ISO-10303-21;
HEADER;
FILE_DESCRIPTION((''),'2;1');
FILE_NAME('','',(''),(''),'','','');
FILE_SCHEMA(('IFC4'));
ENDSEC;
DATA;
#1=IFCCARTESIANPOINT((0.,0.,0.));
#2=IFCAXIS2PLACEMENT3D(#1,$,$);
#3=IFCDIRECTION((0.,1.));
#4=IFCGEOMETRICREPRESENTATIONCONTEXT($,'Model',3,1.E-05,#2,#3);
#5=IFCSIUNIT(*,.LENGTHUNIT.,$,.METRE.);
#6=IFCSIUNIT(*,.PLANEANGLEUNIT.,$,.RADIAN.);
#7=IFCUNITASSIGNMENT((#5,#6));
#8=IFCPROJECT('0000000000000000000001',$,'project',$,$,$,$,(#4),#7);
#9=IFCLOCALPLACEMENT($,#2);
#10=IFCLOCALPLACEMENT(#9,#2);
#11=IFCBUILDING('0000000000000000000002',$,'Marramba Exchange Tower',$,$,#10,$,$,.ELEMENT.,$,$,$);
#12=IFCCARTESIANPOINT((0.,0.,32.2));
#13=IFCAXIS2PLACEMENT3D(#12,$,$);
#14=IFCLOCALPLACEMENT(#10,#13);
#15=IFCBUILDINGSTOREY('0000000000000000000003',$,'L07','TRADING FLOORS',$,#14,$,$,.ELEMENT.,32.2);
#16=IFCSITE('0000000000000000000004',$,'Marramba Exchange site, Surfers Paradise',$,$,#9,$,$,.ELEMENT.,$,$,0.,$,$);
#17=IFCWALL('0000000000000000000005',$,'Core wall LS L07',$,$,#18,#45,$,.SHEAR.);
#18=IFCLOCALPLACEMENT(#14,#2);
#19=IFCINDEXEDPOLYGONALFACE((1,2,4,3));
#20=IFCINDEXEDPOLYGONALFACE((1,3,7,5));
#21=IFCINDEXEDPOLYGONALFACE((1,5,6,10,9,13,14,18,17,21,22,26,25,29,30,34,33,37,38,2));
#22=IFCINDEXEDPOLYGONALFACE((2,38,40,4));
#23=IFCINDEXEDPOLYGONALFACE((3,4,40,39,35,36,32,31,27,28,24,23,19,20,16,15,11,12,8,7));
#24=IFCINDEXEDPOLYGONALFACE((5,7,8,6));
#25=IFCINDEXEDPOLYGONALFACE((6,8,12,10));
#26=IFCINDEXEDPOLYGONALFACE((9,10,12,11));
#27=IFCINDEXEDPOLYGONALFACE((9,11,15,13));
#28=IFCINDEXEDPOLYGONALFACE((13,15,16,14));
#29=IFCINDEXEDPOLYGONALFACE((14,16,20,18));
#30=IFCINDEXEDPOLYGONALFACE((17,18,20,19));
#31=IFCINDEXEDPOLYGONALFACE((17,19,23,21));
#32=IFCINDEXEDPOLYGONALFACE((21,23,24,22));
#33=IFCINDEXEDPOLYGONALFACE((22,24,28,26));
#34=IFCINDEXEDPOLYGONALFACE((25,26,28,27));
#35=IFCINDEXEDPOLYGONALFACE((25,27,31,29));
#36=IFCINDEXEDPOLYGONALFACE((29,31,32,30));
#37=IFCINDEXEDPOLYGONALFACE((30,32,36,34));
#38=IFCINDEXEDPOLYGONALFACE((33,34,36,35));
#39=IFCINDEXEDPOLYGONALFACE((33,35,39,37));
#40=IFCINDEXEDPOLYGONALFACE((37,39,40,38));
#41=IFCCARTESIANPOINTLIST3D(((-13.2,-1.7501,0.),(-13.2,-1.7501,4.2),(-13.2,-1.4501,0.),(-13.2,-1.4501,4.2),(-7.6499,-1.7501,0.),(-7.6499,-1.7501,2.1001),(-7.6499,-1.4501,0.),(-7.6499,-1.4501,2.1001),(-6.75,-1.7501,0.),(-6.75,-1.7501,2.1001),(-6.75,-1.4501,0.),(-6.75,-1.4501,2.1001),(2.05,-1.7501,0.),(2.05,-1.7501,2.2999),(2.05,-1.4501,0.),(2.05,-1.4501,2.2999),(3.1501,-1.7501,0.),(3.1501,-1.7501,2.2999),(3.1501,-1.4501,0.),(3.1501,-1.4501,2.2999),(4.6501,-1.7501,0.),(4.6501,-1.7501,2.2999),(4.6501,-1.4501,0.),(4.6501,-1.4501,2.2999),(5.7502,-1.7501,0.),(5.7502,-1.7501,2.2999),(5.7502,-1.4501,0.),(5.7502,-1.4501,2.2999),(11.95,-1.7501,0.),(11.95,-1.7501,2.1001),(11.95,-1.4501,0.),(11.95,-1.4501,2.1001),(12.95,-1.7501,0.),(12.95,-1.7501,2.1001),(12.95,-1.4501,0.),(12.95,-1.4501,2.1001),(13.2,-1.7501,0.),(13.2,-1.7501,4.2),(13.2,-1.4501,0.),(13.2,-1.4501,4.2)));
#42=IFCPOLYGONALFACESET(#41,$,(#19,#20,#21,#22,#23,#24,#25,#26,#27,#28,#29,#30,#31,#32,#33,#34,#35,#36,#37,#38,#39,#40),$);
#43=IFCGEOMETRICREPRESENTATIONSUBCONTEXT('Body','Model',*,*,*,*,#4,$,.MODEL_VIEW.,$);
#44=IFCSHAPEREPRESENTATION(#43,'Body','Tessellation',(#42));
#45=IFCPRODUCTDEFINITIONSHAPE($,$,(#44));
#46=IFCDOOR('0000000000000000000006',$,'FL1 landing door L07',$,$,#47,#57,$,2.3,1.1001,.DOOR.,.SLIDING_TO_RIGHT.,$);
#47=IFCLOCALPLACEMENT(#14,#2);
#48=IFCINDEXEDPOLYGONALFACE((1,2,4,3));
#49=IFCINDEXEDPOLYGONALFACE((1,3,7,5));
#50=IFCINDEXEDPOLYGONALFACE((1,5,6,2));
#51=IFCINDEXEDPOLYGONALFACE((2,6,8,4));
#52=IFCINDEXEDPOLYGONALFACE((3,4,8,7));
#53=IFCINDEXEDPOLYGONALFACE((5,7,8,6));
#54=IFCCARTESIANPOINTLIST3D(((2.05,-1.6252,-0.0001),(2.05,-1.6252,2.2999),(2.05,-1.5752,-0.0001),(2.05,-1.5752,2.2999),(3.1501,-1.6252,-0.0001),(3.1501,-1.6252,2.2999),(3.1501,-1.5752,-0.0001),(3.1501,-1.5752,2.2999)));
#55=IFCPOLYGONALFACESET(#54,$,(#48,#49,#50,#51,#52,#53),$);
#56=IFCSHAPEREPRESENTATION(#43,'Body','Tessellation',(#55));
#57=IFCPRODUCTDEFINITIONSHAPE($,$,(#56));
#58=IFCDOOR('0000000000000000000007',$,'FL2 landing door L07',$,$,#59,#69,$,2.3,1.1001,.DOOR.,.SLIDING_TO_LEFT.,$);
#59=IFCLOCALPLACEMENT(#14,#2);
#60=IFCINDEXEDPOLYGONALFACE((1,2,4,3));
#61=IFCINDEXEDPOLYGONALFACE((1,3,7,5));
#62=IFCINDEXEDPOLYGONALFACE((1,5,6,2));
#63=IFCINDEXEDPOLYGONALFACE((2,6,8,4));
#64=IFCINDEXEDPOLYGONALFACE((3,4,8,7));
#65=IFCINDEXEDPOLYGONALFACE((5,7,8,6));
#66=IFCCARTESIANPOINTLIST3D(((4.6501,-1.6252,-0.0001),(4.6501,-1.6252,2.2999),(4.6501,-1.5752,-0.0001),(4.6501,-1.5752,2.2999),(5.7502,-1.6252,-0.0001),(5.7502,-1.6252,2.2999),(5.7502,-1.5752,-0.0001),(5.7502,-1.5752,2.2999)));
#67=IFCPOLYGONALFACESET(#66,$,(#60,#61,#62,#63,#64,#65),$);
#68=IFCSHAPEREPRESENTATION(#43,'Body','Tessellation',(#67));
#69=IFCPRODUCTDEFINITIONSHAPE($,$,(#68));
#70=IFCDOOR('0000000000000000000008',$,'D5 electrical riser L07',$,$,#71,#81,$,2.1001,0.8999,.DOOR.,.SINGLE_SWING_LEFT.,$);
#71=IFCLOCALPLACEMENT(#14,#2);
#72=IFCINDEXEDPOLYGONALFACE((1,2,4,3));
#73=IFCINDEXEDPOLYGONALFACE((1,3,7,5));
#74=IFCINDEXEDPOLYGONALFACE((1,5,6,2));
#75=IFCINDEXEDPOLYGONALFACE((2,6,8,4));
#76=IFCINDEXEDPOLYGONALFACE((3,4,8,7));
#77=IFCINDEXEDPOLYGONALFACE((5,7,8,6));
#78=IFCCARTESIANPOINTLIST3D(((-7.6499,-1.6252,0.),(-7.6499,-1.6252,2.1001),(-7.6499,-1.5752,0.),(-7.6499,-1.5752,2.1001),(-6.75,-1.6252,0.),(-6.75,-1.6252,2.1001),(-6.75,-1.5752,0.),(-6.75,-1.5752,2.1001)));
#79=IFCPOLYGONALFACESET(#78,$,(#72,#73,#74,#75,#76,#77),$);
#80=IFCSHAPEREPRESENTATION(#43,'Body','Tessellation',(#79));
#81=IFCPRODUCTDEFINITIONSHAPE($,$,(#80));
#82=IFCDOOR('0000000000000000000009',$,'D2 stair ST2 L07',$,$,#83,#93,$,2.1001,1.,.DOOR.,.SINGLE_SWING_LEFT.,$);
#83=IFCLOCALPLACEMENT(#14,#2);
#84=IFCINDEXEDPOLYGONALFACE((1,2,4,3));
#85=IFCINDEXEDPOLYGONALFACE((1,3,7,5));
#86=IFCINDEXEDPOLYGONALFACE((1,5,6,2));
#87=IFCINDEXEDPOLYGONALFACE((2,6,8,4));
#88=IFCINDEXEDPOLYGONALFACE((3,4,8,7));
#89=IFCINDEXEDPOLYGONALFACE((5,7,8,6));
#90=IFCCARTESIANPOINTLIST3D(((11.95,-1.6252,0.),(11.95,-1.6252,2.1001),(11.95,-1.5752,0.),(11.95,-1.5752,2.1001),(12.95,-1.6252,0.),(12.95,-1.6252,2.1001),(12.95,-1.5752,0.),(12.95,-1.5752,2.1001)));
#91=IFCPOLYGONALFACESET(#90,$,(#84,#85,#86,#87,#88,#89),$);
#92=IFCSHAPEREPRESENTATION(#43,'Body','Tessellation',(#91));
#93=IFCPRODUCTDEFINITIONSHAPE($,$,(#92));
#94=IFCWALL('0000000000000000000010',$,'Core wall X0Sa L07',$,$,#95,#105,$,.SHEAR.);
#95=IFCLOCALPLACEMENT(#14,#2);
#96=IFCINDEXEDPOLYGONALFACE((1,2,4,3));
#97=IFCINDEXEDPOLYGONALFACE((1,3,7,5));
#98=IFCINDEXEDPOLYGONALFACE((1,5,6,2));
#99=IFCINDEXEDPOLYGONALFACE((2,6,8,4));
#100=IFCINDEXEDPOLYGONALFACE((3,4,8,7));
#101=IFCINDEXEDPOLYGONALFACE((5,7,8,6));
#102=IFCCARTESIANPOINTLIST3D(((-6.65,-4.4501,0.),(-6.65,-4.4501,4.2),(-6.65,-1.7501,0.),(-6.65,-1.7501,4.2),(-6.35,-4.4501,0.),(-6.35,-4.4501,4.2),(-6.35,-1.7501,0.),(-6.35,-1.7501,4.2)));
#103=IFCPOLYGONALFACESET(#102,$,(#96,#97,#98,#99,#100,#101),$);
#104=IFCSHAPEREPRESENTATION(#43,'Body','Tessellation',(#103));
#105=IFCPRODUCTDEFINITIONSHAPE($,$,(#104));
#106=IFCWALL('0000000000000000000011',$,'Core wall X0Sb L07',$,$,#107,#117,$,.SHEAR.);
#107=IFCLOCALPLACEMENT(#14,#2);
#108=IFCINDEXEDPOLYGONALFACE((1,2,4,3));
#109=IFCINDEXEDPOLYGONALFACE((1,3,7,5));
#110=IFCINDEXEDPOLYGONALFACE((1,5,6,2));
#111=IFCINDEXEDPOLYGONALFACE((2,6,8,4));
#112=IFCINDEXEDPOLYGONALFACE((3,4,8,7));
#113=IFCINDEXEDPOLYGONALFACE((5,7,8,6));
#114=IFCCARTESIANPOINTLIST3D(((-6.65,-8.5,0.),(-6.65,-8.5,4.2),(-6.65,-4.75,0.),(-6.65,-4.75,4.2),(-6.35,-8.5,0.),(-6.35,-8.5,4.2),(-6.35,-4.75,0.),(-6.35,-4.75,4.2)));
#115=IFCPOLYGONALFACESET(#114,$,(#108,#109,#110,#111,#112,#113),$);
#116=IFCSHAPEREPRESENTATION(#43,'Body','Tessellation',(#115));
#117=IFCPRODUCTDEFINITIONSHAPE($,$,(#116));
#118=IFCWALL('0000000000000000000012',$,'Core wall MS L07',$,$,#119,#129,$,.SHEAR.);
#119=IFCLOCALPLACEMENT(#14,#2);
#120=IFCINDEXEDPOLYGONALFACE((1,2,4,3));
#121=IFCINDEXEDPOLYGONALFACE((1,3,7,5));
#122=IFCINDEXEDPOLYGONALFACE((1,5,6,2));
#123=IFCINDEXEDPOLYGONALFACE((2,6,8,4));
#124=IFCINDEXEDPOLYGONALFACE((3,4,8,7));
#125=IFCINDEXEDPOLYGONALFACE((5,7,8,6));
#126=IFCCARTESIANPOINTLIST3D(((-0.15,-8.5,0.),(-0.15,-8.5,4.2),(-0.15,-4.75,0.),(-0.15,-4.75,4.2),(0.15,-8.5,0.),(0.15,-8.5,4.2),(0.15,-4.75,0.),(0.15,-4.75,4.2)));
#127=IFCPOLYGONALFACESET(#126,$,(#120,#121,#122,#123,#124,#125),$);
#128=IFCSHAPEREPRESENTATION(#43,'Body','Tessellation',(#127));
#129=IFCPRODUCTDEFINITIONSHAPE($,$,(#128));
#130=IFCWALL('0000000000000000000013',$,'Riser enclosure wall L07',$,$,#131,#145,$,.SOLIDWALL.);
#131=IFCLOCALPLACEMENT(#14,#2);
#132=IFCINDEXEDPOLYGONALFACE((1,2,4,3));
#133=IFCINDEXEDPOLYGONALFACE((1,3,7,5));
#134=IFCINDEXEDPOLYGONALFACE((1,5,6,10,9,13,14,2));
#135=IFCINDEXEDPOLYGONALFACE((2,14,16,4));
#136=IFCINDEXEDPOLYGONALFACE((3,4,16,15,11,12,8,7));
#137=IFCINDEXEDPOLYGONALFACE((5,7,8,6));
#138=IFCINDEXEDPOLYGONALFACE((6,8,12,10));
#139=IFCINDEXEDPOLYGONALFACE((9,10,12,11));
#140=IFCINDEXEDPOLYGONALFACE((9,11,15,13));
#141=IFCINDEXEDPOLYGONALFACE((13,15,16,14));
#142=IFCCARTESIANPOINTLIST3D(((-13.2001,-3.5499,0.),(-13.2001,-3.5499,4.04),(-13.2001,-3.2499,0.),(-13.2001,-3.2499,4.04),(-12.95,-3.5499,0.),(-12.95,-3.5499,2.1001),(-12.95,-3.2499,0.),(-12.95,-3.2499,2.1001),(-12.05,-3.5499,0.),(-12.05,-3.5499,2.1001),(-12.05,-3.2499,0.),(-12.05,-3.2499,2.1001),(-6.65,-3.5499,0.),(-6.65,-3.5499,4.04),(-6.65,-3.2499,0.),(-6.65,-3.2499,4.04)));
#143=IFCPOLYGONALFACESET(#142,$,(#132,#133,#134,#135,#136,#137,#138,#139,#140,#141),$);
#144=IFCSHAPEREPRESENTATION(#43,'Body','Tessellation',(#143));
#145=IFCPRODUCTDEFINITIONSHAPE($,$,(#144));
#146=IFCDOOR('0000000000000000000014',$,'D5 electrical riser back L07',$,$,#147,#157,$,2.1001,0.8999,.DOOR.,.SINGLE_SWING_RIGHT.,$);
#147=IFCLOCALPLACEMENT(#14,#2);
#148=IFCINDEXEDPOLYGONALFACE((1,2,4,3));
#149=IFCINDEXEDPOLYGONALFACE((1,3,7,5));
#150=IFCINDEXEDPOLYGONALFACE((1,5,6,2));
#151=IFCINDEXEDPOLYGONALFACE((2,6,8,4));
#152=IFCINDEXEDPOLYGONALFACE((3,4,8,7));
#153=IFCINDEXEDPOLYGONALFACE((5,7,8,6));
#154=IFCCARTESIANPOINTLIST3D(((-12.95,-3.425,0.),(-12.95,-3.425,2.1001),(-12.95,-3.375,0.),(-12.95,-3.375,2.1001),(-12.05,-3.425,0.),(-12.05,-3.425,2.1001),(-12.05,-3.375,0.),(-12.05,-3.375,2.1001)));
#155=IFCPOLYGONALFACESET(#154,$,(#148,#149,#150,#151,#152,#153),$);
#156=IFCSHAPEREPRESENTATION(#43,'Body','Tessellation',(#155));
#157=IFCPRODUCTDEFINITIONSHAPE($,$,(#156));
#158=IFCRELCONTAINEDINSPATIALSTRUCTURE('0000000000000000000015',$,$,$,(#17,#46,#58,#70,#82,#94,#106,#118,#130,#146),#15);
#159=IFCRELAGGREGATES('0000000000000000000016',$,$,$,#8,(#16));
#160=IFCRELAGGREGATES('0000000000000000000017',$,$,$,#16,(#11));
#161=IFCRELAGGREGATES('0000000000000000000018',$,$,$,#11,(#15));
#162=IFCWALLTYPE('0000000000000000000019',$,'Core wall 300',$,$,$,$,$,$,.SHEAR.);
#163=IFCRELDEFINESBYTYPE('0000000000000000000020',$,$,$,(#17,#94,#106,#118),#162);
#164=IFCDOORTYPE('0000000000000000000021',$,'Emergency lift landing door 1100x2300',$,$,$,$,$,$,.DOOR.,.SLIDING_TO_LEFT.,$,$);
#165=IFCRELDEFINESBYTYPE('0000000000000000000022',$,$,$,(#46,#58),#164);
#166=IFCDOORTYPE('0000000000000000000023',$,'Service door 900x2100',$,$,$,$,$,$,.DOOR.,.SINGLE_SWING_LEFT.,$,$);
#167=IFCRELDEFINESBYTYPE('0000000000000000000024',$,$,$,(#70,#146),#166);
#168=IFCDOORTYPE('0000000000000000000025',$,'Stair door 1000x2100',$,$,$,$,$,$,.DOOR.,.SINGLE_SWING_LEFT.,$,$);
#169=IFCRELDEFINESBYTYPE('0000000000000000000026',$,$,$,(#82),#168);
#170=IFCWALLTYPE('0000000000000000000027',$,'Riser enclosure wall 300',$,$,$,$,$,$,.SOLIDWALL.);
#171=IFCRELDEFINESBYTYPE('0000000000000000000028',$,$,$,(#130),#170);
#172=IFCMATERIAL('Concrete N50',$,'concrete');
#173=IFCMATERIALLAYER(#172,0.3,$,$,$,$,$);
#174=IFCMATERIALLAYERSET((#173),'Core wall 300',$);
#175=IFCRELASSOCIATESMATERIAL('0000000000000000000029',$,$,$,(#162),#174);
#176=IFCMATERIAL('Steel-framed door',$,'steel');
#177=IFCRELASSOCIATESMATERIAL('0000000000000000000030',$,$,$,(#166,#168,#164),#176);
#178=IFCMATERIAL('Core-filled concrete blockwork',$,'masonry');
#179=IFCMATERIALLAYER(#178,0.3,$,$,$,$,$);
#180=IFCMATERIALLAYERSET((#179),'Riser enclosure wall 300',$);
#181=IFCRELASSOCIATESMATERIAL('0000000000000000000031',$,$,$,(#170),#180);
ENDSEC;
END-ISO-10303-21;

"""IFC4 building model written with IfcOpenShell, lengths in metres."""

from ifc_helpers import new_model, si_unit, direction, frame, frame_2d, origin, place, context, subcontext, project, spatial, rectangle, extrude, material, layer, layer_set, type_object, element, fill, save


model = new_model("IFC4")

# Units and contexts
model_context = context("Model", 3, precision=1e-05, world=origin(), true_north=direction((0.0, 1.0)))
body_context = subcontext(model_context, "Body", "Model", "MODEL_VIEW")
ifc_project = project(units=[si_unit("LENGTHUNIT", "METRE"), si_unit("PLANEANGLEUNIT", "RADIAN")], contexts=[model_context])

# Site, building, storey
site_placement = place(None, origin())
site = spatial("IfcSite", under=ifc_project, at=site_placement, Name="Marramba Exchange site, Surfers Paradise", CompositionType="ELEMENT", RefElevation=0.0)
building_placement = place(site_placement, origin())
building = spatial("IfcBuilding", under=site, at=building_placement, Name="Marramba Exchange Tower", CompositionType="ELEMENT")
storey_placement = place(building_placement, frame((0.0, 0.0, 32.2)))
storey = spatial("IfcBuildingStorey", under=building, at=storey_placement, Name="L07", Description="TRADING FLOORS", CompositionType="ELEMENT", Elevation=32.2)

# Shared definitions
ifc_material_1 = material(Name="Concrete N50", Category="concrete")

# Wall, openings, doors
ifc_layer_1 = layer(ifc_material_1, 0.3)
ifc_layer_set_1 = layer_set([ifc_layer_1], Name="Core wall 300")
wall_type_1 = type_object("IfcWallType", Name="Core wall 300", PredefinedType="SHEAR", material=ifc_layer_set_1)
ifc_material_2 = material(Name="Steel-framed door", Category="steel")
door_type_1 = type_object("IfcDoorType", Name="Service door 900x2100", OperationType="SINGLE_SWING_LEFT", PredefinedType="DOOR", material=ifc_material_2)
door_type_2 = type_object("IfcDoorType", Name="Stair door 1000x2100", OperationType="SINGLE_SWING_LEFT", PredefinedType="DOOR", material=ifc_material_2)
wall_1_placement = place(storey_placement, frame((-13.2, -1.6001, 0.0), z_axis=(0.0, 0.0, 1.0), x_axis=(1.0, 0.0, 0.0)))
wall_1 = element("IfcWall", 1, at=wall_1_placement, inside=storey, type_object=wall_type_1, Name="Core wall LS L07", PredefinedType="SHEAR", context=body_context, shape_type="SweptSolid", body=[
    extrude(rectangle(XDim=26.3999, YDim=0.3, at=frame_2d((13.2, 0.0))), origin(), (0.0, 0.0, 1.0), 4.2),
])
opening_1_placement = place(wall_1_placement, frame((25.1499, 0.0, 0.0)))
opening_1 = element("IfcOpeningElement", 2, at=opening_1_placement, cuts=wall_1, PredefinedType="OPENING", context=body_context, shape_type="SweptSolid", body=[
    extrude(rectangle(XDim=1.0, YDim=2.1001, at=frame_2d((0.5, 1.05))), frame((0.0, 0.1599, 0.0), z_axis=(0.0, -1.0, 0.0), x_axis=(1.0, 0.0, 0.0)), (0.0, 0.0, 1.0), 0.3201),
])
opening_2_placement = place(wall_1_placement, frame((15.25, 0.0, 0.0)))
opening_2 = element("IfcOpeningElement", 3, at=opening_2_placement, cuts=wall_1, PredefinedType="OPENING", context=body_context, shape_type="SweptSolid", body=[
    extrude(rectangle(XDim=1.1001, YDim=2.3, at=frame_2d((0.55, 1.1499))), frame((0.0, 0.1599, 0.0), z_axis=(0.0, -1.0, 0.0), x_axis=(1.0, 0.0, 0.0)), (0.0, 0.0, 1.0), 0.3201),
])
opening_3_placement = place(wall_1_placement, frame((17.8501, 0.0, 0.0)))
opening_3 = element("IfcOpeningElement", 4, at=opening_3_placement, cuts=wall_1, PredefinedType="OPENING", context=body_context, shape_type="SweptSolid", body=[
    extrude(rectangle(XDim=1.1001, YDim=2.3, at=frame_2d((0.55, 1.1499))), frame((0.0, 0.1599, 0.0), z_axis=(0.0, -1.0, 0.0), x_axis=(1.0, 0.0, 0.0)), (0.0, 0.0, 1.0), 0.3201),
])
opening_4_placement = place(wall_1_placement, frame((5.55, 0.0, 0.0)))
opening_4 = element("IfcOpeningElement", 5, at=opening_4_placement, cuts=wall_1, PredefinedType="OPENING", context=body_context, shape_type="SweptSolid", body=[
    extrude(rectangle(XDim=0.8999, YDim=2.1001, at=frame_2d((0.45, 1.05))), frame((0.0, 0.1599, 0.0), z_axis=(0.0, -1.0, 0.0), x_axis=(1.0, 0.0, 0.0)), (0.0, 0.0, 1.0), 0.3201),
])
door_type_3 = type_object("IfcDoorType", Name="Emergency lift landing door 1100x2300", OperationType="SLIDING_TO_LEFT", PredefinedType="DOOR", material=ifc_material_2)
door_1_placement = place(opening_2_placement, frame((1.1001, 0.0, 0.0), z_axis=(0.0, 0.0, 1.0), x_axis=(-1.0, 0.0, 0.0)))
door_1 = element("IfcDoor", 6, at=door_1_placement, inside=storey, type_object=door_type_3, Name="FL1 landing door L07", OperationType="SLIDING_TO_RIGHT", OverallHeight=2.3, OverallWidth=1.1001, PredefinedType="DOOR", context=body_context, shape_type="SweptSolid", body=[
    extrude(rectangle(XDim=1.1001, YDim=2.3, at=frame_2d((0.55, 1.1499))), frame((0.0, 0.0251, 0.0), z_axis=(0.0, -1.0, 0.0), x_axis=(1.0, 0.0, 0.0)), (0.0, 0.0, 1.0), 0.05),
])
fill(opening_2, door_1)
door_2_placement = place(opening_3_placement, frame((1.1001, 0.0, 0.0), z_axis=(0.0, 0.0, 1.0), x_axis=(-1.0, 0.0, 0.0)))
door_2 = element("IfcDoor", 7, at=door_2_placement, inside=storey, type_object=door_type_3, Name="FL2 landing door L07", OperationType="SLIDING_TO_LEFT", OverallHeight=2.3, OverallWidth=1.1001, PredefinedType="DOOR", context=body_context, shape_type="SweptSolid", body=[
    extrude(rectangle(XDim=1.1001, YDim=2.3, at=frame_2d((0.55, 1.1499))), frame((0.0, 0.0251, 0.0), z_axis=(0.0, -1.0, 0.0), x_axis=(1.0, 0.0, 0.0)), (0.0, 0.0, 1.0), 0.05),
])
fill(opening_3, door_2)
door_3_placement = place(opening_4_placement, frame((0.8999, 0.0, 0.0), z_axis=(0.0, 0.0, 1.0), x_axis=(-1.0, 0.0, 0.0)))
door_3 = element("IfcDoor", 8, at=door_3_placement, inside=storey, type_object=door_type_1, Name="D5 electrical riser L07", OperationType="SINGLE_SWING_LEFT", OverallHeight=2.1001, OverallWidth=0.8999, PredefinedType="DOOR", context=body_context, shape_type="SweptSolid", body=[
    extrude(rectangle(XDim=0.8999, YDim=2.1001, at=frame_2d((0.45, 1.05))), frame((0.0, 0.0251, 0.0), z_axis=(0.0, -1.0, 0.0), x_axis=(1.0, 0.0, 0.0)), (0.0, 0.0, 1.0), 0.05),
])
fill(opening_4, door_3)
door_4_placement = place(opening_1_placement, frame((1.0, 0.0, 0.0), z_axis=(0.0, 0.0, 1.0), x_axis=(-1.0, 0.0, 0.0)))
door_4 = element("IfcDoor", 9, at=door_4_placement, inside=storey, type_object=door_type_2, Name="D2 stair ST2 L07", OperationType="SINGLE_SWING_LEFT", OverallHeight=2.1001, OverallWidth=1.0, PredefinedType="DOOR", context=body_context, shape_type="SweptSolid", body=[
    extrude(rectangle(XDim=1.0, YDim=2.1001, at=frame_2d((0.5, 1.05))), frame((0.0, 0.0251, 0.0), z_axis=(0.0, -1.0, 0.0), x_axis=(1.0, 0.0, 0.0)), (0.0, 0.0, 1.0), 0.05),
])
fill(opening_1, door_4)

# Walls
wall_2_placement = place(storey_placement, frame((-6.5, -1.75, 0.0), z_axis=(0.0, 0.0, 1.0), x_axis=(0.0, -1.0, 0.0)))
element("IfcWall", 10, at=wall_2_placement, inside=storey, type_object=wall_type_1, Name="Core wall X0Sa L07", PredefinedType="SHEAR", context=body_context, shape_type="SweptSolid", body=[
    extrude(rectangle(XDim=2.7, YDim=0.3, at=frame_2d((1.3501, 0.0))), origin(), (0.0, 0.0, 1.0), 4.2),
])
for number, where, z_axis, x_axis, name in (
    (11, (-6.5, -4.75, 0.0), (0.0, 0.0, 1.0), (0.0, -1.0, 0.0), "Core wall X0Sb L07"),
    (12, (0.0, -4.75, 0.0), (0.0, 0.0, 1.0), (0.0, -1.0, 0.0), "Core wall MS L07"),
):
    element("IfcWall", number, at=place(storey_placement, frame(where, z_axis=z_axis, x_axis=x_axis)), inside=storey, type_object=wall_type_1, Name=name, PredefinedType="SHEAR", context=body_context, shape_type="SweptSolid", body=[
        extrude(rectangle(XDim=3.75, YDim=0.3, at=frame_2d((1.875, 0.0))), origin(), (0.0, 0.0, 1.0), 4.2),
    ])

# Wall, opening, door
ifc_material_3 = material(Name="Core-filled concrete blockwork", Category="masonry")
ifc_layer_2 = layer(ifc_material_3, 0.3)
ifc_layer_set_2 = layer_set([ifc_layer_2], Name="Riser enclosure wall 300")
wall_type_2 = type_object("IfcWallType", Name="Riser enclosure wall 300", PredefinedType="SOLIDWALL", material=ifc_layer_set_2)
wall_3_placement = place(storey_placement, frame((-13.2, -3.3999, 0.0), z_axis=(0.0, 0.0, 1.0), x_axis=(1.0, 0.0, 0.0)))
wall_3 = element("IfcWall", 13, at=wall_3_placement, inside=storey, type_object=wall_type_2, Name="Riser enclosure wall L07", PredefinedType="SOLIDWALL", context=body_context, shape_type="SweptSolid", body=[
    extrude(rectangle(XDim=6.55, YDim=0.3, at=frame_2d((3.2749, 0.0))), origin(), (0.0, 0.0, 1.0), 4.04),
])
opening_5_placement = place(wall_3_placement, frame((0.25, 0.0, 0.0)))
opening_5 = element("IfcOpeningElement", 14, at=opening_5_placement, cuts=wall_3, PredefinedType="OPENING", context=body_context, shape_type="SweptSolid", body=[
    extrude(rectangle(XDim=0.8999, YDim=2.1001, at=frame_2d((0.45, 1.05))), frame((0.0, 0.1599, 0.0), z_axis=(0.0, -1.0, 0.0), x_axis=(1.0, 0.0, 0.0)), (0.0, 0.0, 1.0), 0.3201),
])
door_5_placement = place(opening_5_placement, frame((0.8999, 0.0, 0.0), z_axis=(0.0, 0.0, 1.0), x_axis=(-1.0, 0.0, 0.0)))
door_5 = element("IfcDoor", 15, at=door_5_placement, inside=storey, type_object=door_type_1, Name="D5 electrical riser back L07", OperationType="SINGLE_SWING_RIGHT", OverallHeight=2.1001, OverallWidth=0.8999, PredefinedType="DOOR", context=body_context, shape_type="SweptSolid", body=[
    extrude(rectangle(XDim=0.8999, YDim=2.1001, at=frame_2d((0.45, 1.05))), frame((0.0, 0.0251, 0.0), z_axis=(0.0, -1.0, 0.0), x_axis=(1.0, 0.0, 0.0)), (0.0, 0.0, 1.0), 0.05),
])
fill(opening_5, door_5)

save(model, "model.ifc")
